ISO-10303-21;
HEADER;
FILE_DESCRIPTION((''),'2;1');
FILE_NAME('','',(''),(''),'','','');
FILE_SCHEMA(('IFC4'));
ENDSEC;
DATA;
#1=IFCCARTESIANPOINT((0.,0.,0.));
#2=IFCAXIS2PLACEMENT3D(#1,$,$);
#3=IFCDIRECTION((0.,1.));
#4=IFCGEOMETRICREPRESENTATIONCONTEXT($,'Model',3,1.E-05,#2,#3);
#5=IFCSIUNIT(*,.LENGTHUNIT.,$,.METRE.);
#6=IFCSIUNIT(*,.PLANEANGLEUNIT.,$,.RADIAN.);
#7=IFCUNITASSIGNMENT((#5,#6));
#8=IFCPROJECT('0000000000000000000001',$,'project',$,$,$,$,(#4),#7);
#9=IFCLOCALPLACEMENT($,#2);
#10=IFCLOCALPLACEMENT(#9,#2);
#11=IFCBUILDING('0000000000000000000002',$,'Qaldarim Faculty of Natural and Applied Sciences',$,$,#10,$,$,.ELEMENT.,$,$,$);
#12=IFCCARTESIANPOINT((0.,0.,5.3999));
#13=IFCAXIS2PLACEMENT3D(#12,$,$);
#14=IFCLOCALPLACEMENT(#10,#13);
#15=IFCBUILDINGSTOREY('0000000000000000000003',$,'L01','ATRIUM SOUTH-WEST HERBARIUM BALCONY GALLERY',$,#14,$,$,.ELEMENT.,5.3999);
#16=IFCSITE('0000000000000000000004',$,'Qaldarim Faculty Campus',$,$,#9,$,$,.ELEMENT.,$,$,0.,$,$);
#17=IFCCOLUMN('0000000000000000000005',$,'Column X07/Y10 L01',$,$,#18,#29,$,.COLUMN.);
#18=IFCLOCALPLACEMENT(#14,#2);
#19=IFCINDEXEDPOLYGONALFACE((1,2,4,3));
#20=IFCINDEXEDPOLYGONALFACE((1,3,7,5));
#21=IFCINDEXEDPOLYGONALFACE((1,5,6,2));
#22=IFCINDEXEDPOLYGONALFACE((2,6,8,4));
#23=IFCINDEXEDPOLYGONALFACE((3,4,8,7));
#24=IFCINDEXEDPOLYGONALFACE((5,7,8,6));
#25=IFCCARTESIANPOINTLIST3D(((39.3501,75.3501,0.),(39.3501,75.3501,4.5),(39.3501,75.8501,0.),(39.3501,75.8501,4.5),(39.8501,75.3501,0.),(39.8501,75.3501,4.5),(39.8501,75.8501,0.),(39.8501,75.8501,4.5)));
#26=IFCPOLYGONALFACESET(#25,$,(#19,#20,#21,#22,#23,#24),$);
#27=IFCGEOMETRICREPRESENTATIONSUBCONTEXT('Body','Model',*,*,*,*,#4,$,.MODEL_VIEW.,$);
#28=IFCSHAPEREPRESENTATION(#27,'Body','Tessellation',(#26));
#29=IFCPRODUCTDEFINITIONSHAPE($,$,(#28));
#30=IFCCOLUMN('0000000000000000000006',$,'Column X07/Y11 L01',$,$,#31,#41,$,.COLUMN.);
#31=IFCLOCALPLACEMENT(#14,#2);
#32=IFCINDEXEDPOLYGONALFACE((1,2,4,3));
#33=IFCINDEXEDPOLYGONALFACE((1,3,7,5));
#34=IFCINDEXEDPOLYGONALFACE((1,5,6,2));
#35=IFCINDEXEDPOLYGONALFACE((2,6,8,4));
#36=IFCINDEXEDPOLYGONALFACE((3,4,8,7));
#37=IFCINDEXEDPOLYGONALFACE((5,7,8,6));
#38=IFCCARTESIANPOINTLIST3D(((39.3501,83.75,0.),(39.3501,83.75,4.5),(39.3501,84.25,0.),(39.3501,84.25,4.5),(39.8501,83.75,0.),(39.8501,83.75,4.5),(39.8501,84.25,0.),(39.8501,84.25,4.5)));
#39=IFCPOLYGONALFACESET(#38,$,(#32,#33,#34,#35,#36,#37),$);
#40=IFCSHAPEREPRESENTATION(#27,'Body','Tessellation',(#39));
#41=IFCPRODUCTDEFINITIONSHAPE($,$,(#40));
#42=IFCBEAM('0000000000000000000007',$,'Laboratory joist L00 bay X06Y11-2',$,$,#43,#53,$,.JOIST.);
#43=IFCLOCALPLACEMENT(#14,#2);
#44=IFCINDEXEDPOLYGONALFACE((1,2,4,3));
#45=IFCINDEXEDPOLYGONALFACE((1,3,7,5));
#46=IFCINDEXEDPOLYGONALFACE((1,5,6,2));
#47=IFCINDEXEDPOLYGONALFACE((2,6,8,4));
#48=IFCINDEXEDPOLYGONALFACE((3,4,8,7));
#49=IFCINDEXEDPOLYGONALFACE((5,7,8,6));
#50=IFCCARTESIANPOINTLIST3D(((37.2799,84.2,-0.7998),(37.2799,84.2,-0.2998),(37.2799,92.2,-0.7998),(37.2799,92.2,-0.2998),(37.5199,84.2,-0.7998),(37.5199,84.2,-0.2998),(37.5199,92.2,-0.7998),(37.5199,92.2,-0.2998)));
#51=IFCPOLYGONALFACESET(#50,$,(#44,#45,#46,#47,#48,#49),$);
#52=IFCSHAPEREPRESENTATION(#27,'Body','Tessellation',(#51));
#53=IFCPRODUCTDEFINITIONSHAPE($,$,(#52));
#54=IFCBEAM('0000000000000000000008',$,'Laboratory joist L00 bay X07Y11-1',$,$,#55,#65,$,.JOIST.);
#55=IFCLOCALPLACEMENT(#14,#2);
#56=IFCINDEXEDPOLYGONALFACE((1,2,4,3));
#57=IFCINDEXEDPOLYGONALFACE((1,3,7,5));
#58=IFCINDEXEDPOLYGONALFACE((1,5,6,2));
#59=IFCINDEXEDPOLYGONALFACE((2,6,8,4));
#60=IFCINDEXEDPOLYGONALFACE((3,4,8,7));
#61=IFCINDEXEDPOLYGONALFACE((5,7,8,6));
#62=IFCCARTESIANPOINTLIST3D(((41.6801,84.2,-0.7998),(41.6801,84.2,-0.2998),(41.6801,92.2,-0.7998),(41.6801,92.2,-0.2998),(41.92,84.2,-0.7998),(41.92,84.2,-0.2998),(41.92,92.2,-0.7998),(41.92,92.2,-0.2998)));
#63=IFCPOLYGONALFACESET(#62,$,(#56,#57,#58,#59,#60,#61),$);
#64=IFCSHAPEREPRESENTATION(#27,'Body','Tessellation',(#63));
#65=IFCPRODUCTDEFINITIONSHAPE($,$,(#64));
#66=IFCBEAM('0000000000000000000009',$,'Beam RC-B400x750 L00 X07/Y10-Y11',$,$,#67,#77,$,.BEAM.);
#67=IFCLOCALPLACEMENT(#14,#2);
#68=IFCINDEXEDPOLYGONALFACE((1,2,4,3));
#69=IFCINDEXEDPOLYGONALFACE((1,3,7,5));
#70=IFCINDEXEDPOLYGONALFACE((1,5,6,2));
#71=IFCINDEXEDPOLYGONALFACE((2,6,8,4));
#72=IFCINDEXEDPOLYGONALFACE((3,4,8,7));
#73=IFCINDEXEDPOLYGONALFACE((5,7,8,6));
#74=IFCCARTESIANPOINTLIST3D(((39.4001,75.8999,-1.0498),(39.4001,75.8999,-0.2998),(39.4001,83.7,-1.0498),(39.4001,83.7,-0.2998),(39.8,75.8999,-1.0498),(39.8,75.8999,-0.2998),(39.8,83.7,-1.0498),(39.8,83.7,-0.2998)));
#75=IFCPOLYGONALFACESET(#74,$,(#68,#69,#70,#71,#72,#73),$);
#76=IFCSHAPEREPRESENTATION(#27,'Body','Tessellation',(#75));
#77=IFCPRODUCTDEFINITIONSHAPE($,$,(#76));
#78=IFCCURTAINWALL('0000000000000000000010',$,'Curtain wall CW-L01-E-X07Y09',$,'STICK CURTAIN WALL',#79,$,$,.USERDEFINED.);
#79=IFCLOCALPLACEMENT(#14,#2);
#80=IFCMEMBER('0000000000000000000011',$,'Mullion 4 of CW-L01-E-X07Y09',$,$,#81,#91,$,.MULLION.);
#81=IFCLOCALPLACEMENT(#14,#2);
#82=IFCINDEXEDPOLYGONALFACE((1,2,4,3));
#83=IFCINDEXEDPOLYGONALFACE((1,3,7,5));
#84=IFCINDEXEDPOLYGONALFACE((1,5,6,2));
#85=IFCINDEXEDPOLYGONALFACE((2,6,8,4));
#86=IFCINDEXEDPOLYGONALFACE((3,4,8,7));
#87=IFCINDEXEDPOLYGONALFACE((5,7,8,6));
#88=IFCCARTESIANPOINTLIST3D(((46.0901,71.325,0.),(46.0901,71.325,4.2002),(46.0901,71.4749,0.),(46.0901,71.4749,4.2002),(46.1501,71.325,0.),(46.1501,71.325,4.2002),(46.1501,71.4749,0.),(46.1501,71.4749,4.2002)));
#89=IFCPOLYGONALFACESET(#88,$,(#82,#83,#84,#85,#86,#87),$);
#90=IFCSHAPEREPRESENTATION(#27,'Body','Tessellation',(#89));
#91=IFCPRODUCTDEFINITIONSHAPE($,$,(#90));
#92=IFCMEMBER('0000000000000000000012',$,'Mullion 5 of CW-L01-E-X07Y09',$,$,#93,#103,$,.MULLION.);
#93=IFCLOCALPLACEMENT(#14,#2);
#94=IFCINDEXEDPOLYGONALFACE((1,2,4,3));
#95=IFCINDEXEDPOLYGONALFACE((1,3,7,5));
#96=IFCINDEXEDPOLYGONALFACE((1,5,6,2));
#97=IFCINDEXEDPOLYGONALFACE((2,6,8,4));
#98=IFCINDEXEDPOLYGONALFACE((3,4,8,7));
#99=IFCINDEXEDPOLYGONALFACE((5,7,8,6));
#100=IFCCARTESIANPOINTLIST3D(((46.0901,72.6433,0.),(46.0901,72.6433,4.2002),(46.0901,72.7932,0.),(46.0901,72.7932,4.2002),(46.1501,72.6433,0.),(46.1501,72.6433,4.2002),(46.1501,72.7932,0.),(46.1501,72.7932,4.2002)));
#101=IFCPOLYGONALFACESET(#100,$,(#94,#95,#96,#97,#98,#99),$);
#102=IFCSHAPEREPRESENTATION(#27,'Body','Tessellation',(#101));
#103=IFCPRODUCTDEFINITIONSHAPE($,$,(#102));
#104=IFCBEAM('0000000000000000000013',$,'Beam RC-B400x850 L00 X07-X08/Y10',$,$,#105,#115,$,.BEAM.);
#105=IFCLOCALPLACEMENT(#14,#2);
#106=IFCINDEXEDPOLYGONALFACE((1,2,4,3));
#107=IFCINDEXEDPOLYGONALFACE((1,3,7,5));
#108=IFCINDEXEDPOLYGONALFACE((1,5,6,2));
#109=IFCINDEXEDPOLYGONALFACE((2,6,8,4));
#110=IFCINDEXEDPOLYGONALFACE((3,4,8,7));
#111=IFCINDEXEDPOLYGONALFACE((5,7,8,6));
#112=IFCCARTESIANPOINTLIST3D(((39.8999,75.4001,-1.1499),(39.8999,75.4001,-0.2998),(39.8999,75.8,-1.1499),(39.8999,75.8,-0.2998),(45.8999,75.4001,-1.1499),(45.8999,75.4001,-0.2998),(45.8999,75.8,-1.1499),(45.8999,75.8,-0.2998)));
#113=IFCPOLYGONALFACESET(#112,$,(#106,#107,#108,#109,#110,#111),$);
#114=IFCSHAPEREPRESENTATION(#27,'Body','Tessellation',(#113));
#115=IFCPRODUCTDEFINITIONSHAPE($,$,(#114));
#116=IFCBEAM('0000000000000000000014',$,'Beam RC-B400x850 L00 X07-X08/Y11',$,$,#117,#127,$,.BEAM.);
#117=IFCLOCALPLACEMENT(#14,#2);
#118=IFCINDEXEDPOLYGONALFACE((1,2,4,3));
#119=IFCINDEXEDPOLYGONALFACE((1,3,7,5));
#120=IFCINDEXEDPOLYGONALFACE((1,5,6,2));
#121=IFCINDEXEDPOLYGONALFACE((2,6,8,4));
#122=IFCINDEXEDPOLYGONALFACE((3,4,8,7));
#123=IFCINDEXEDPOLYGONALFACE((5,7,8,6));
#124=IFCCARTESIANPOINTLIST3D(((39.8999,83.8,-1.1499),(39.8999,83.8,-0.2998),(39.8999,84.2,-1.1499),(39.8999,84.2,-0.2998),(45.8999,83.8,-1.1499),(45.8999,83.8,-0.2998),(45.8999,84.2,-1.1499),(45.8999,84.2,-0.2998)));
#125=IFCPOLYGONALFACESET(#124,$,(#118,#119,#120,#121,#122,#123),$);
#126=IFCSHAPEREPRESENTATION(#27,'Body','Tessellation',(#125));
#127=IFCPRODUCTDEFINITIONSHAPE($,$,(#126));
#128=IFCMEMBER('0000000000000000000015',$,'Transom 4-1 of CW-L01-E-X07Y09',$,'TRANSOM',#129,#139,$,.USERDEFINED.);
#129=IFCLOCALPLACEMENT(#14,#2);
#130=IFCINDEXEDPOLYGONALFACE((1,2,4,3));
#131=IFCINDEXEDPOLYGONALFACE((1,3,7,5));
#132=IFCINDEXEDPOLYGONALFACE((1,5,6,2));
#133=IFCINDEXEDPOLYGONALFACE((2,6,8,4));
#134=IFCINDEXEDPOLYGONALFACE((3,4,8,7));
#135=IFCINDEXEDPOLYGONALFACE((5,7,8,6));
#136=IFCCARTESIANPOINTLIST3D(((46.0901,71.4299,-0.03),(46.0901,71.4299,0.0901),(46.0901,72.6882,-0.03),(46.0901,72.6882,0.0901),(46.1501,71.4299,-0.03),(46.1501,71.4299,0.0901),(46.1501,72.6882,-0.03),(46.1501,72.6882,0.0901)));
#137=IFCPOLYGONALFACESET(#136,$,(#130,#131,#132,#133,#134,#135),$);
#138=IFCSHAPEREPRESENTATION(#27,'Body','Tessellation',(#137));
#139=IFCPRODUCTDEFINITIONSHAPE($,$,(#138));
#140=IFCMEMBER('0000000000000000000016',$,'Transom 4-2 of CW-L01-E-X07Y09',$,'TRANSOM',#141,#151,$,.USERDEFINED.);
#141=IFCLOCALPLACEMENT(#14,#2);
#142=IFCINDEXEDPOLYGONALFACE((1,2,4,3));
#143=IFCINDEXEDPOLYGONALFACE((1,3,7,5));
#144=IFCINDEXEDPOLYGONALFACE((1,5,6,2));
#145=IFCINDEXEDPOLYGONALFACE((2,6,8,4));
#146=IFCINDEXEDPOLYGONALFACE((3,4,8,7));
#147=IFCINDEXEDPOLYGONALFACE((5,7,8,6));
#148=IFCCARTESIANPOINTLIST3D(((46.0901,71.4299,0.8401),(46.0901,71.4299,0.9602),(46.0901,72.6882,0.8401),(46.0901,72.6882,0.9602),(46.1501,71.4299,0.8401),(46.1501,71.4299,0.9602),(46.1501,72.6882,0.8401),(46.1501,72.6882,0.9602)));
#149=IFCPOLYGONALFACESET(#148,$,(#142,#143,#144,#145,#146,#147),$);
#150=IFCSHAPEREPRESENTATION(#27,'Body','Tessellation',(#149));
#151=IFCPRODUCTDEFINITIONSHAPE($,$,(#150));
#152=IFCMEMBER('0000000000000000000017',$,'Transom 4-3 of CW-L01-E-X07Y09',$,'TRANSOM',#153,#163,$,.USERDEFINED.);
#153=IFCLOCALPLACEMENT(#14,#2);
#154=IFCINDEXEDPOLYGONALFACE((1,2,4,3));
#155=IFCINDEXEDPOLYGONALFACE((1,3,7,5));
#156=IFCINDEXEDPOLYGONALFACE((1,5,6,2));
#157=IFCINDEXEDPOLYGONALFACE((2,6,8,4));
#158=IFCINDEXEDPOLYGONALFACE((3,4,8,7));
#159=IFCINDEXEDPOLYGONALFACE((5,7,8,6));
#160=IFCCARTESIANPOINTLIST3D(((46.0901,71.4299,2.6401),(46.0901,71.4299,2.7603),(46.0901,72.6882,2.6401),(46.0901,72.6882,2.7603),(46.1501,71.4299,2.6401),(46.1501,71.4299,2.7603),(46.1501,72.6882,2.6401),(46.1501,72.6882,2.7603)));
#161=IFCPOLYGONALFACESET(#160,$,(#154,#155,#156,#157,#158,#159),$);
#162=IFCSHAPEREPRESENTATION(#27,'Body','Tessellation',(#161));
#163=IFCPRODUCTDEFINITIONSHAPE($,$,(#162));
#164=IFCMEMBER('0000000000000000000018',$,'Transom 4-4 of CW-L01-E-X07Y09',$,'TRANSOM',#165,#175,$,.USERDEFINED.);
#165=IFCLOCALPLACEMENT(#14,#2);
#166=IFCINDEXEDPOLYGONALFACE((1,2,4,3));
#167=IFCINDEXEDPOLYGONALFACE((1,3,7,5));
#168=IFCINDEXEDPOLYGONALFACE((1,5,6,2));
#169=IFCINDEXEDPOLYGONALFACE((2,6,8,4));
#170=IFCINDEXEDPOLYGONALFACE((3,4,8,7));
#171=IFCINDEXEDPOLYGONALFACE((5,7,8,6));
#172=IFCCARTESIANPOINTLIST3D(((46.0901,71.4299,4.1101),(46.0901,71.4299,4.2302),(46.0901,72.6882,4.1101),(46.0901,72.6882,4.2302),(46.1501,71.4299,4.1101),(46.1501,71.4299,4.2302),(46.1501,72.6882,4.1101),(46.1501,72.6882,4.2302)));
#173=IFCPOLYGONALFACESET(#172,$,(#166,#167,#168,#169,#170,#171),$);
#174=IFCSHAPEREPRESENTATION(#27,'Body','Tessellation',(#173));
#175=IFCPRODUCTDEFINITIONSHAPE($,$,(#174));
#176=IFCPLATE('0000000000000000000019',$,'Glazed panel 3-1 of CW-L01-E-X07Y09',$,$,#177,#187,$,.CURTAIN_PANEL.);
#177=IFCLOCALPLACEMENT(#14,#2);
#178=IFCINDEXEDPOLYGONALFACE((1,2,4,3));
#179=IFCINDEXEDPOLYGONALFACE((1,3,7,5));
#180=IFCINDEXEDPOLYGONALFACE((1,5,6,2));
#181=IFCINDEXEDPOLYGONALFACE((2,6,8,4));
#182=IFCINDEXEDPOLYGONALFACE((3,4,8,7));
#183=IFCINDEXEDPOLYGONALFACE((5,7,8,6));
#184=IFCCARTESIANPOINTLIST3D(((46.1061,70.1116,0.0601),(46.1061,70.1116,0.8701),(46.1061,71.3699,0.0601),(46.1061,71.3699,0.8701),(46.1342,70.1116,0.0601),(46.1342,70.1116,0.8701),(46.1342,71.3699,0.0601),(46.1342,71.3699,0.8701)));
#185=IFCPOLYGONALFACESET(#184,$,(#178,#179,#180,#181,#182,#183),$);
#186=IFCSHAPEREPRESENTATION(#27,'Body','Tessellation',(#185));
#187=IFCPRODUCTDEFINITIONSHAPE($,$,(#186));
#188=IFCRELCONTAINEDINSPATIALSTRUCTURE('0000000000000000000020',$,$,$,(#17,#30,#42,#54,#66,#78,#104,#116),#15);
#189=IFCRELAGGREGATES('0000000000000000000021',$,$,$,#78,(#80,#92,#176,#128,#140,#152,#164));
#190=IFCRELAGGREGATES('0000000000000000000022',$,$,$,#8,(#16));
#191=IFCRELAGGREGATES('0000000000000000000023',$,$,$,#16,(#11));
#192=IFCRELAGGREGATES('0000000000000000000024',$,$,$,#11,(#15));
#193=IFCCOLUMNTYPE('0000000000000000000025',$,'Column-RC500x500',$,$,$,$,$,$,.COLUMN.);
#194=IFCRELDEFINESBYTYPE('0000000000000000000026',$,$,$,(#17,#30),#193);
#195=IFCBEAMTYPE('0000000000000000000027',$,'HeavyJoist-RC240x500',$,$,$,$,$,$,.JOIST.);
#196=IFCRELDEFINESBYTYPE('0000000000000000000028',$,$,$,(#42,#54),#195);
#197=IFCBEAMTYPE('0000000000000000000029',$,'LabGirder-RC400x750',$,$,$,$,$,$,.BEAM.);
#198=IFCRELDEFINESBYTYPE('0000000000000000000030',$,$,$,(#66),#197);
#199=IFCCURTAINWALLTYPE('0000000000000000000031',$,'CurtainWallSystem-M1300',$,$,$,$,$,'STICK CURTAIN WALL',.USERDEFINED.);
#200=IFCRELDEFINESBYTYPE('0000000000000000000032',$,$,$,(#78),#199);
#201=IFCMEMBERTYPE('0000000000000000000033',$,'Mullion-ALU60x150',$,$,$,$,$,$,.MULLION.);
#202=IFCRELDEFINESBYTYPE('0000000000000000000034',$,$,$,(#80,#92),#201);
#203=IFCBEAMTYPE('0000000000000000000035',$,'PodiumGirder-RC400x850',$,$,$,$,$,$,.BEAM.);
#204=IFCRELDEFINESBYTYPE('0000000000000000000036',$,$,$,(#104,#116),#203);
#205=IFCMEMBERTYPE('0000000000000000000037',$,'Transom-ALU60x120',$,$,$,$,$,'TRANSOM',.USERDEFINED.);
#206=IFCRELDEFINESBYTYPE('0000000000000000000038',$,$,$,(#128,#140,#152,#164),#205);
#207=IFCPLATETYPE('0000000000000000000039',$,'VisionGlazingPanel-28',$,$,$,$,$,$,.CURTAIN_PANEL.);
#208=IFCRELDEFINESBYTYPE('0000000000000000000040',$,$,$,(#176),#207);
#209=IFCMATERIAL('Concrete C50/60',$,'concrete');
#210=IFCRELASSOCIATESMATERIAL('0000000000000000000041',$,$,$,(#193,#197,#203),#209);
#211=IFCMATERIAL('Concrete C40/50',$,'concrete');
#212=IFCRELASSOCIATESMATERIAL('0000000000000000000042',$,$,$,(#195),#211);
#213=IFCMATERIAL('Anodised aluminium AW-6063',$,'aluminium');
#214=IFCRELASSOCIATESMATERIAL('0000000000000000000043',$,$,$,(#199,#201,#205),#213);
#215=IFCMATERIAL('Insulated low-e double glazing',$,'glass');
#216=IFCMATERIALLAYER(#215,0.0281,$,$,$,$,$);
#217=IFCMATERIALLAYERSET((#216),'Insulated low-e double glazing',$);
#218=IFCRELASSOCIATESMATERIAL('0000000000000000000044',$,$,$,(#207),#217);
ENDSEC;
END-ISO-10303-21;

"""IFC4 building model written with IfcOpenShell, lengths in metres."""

from ifc_helpers import new_model, si_unit, direction, frame, origin, origin_2d, place, context, subcontext, project, spatial, rectangle, extrude, material, layer, layer_set, material_profile, profile_set, type_object, element, aggregate, save


model = new_model("IFC4")

# Units and contexts
model_context = context("Model", 3, precision=1e-05, world=origin(), true_north=direction((0.0, 1.0)))
body_context = subcontext(model_context, "Body", "Model", "MODEL_VIEW")
ifc_project = project(units=[si_unit("LENGTHUNIT", "METRE"), si_unit("PLANEANGLEUNIT", "RADIAN")], contexts=[model_context])

# Site, building, storey
site_placement = place(None, origin())
site = spatial("IfcSite", under=ifc_project, at=site_placement, Name="Qaldarim Faculty Campus", CompositionType="ELEMENT", RefElevation=0.0)
building_placement = place(site_placement, origin())
building = spatial("IfcBuilding", under=site, at=building_placement, Name="Qaldarim Faculty of Natural and Applied Sciences", CompositionType="ELEMENT")
storey_placement = place(building_placement, frame((0.0, 0.0, 5.3999)))
storey = spatial("IfcBuildingStorey", under=building, at=storey_placement, Name="L01", Description="ATRIUM SOUTH-WEST HERBARIUM BALCONY GALLERY", CompositionType="ELEMENT", Elevation=5.3999)

# Columns
ifc_material_1 = material(Name="Concrete C50/60", Category="concrete")
ifc_material_profile_1 = material_profile(ifc_material_1, rectangle(XDim=0.5, YDim=0.5, at=origin_2d()), Name="RC-C500x500")
ifc_profile_set_1 = profile_set([ifc_material_profile_1], Name="Concrete C50/60")
column_type = type_object("IfcColumnType", Name="Column-RC500x500", PredefinedType="COLUMN", material=ifc_profile_set_1)
for number, where, z_axis, x_axis, name in (
    (1, (39.6001, 75.6001, 0.0), (0.0, 0.0, 1.0), (1.0, 0.0, 0.0), "Column X07/Y10 L01"),
    (2, (39.6001, 84.0, 0.0), (0.0, 0.0, 1.0), (1.0, 0.0, 0.0), "Column X07/Y11 L01"),
):
    element("IfcColumn", number, at=place(storey_placement, frame(where, z_axis=z_axis, x_axis=x_axis)), inside=storey, type_object=column_type, Name=name, PredefinedType="COLUMN", context=body_context, shape_type="SweptSolid", body=[
        extrude(rectangle(XDim=0.5, YDim=0.5, at=origin_2d()), origin(), (0.0, 0.0, 1.0), 4.5),
    ])

# Beams
ifc_material_2 = material(Name="Concrete C40/50", Category="concrete")
ifc_material_profile_2 = material_profile(ifc_material_2, rectangle(XDim=0.24, YDim=0.5, at=origin_2d()), Name="RC-J240x500")
ifc_profile_set_2 = profile_set([ifc_material_profile_2], Name="Concrete C40/50")
beam_type_1 = type_object("IfcBeamType", Name="HeavyJoist-RC240x500", PredefinedType="JOIST", material=ifc_profile_set_2)
for number, where, z_axis, x_axis, name in (
    (3, (37.3999, 84.2, -0.5498), (0.0, 1.0, 0.0), (-1.0, 0.0, 0.0), "Laboratory joist L00 bay X06Y11-2"),
    (4, (41.8, 84.2, -0.5498), (0.0, 1.0, 0.0), (-1.0, 0.0, 0.0), "Laboratory joist L00 bay X07Y11-1"),
):
    element("IfcBeam", number, at=place(storey_placement, frame(where, z_axis=z_axis, x_axis=x_axis)), inside=storey, type_object=beam_type_1, Name=name, PredefinedType="JOIST", context=body_context, shape_type="SweptSolid", body=[
        extrude(rectangle(XDim=0.24, YDim=0.5, at=origin_2d()), origin(), (0.0, 0.0, 1.0), 8.0),
    ])
ifc_material_profile_3 = material_profile(ifc_material_1, rectangle(XDim=0.3999, YDim=0.75, at=origin_2d()), Name="RC-B400x750")
ifc_profile_set_3 = profile_set([ifc_material_profile_3], Name="Concrete C50/60")
beam_type_2 = type_object("IfcBeamType", Name="LabGirder-RC400x750", PredefinedType="BEAM", material=ifc_profile_set_3)
beam_placement = place(storey_placement, frame((39.6001, 75.8999, -0.6748), z_axis=(0.0, 1.0, 0.0), x_axis=(-1.0, 0.0, 0.0)))
element("IfcBeam", 5, at=beam_placement, inside=storey, type_object=beam_type_2, Name="Beam RC-B400x750 L00 X07/Y10-Y11", PredefinedType="BEAM", context=body_context, shape_type="SweptSolid", body=[
    extrude(rectangle(XDim=0.3999, YDim=0.75, at=origin_2d()), origin(), (0.0, 0.0, 1.0), 7.8),
])

# Curtain wall, members
ifc_material_3 = material(Name="Anodised aluminium AW-6063", Category="aluminium")
curtain_wall_type = type_object("IfcCurtainWallType", Name="CurtainWallSystem-M1300", ElementType="STICK CURTAIN WALL", PredefinedType="USERDEFINED", material=ifc_material_3)
curtain_wall_placement = place(storey_placement, origin())
curtain_wall = element("IfcCurtainWall", 6, at=curtain_wall_placement, inside=storey, type_object=curtain_wall_type, Name="Curtain wall CW-L01-E-X07Y09", ObjectType="STICK CURTAIN WALL", PredefinedType="USERDEFINED")
ifc_material_profile_4 = material_profile(ifc_material_3, rectangle(XDim=0.0601, YDim=0.1499, at=origin_2d()), Name="ALU-M60x150")
ifc_profile_set_4 = profile_set([ifc_material_profile_4], Name="Anodised aluminium AW-6063")
member_type_1 = type_object("IfcMemberType", Name="Mullion-ALU60x150", PredefinedType="MULLION", material=ifc_profile_set_4)
member_1_placement = place(storey_placement, frame((46.1201, 71.3999, 0.0), z_axis=(0.0, 0.0, 1.0), x_axis=(-1.0, 0.0, 0.0)))
member_1 = element("IfcMember", 7, at=member_1_placement, type_object=member_type_1, Name="Mullion 4 of CW-L01-E-X07Y09", PredefinedType="MULLION", context=body_context, shape_type="SweptSolid", body=[
    extrude(rectangle(XDim=0.0601, YDim=0.1499, at=origin_2d()), origin(), (0.0, 0.0, 1.0), 4.2002),
])
member_2_placement = place(storey_placement, frame((46.1201, 72.7183, 0.0), z_axis=(0.0, 0.0, 1.0), x_axis=(-1.0, 0.0, 0.0)))
member_2 = element("IfcMember", 8, at=member_2_placement, type_object=member_type_1, Name="Mullion 5 of CW-L01-E-X07Y09", PredefinedType="MULLION", context=body_context, shape_type="SweptSolid", body=[
    extrude(rectangle(XDim=0.0601, YDim=0.1499, at=origin_2d()), origin(), (0.0, 0.0, 1.0), 4.2002),
])

# Beams
ifc_material_profile_5 = material_profile(ifc_material_1, rectangle(XDim=0.3999, YDim=0.8501, at=origin_2d()), Name="RC-B400x850")
ifc_profile_set_5 = profile_set([ifc_material_profile_5], Name="Concrete C50/60")
beam_type_3 = type_object("IfcBeamType", Name="PodiumGirder-RC400x850", PredefinedType="BEAM", material=ifc_profile_set_5)
for number, where, z_axis, x_axis, name in (
    (9, (39.8999, 75.6001, -0.7249), (1.0, 0.0, 0.0), (0.0, 1.0, 0.0), "Beam RC-B400x850 L00 X07-X08/Y10"),
    (10, (39.8999, 84.0, -0.7249), (1.0, 0.0, 0.0), (0.0, 1.0, 0.0), "Beam RC-B400x850 L00 X07-X08/Y11"),
):
    element("IfcBeam", number, at=place(storey_placement, frame(where, z_axis=z_axis, x_axis=x_axis)), inside=storey, type_object=beam_type_3, Name=name, PredefinedType="BEAM", context=body_context, shape_type="SweptSolid", body=[
        extrude(rectangle(XDim=0.3999, YDim=0.8501, at=origin_2d()), origin(), (0.0, 0.0, 1.0), 6.0),
    ])

# Members
ifc_material_profile_6 = material_profile(ifc_material_3, rectangle(XDim=0.0601, YDim=0.1201, at=origin_2d()), Name="ALU-T60x120")
ifc_profile_set_6 = profile_set([ifc_material_profile_6], Name="Anodised aluminium AW-6063")
member_type_2 = type_object("IfcMemberType", Name="Transom-ALU60x120", ElementType="TRANSOM", PredefinedType="USERDEFINED", material=ifc_profile_set_6)
member_3_placement = place(storey_placement, frame((46.1201, 71.4299, 0.03), z_axis=(0.0, 1.0, 0.0), x_axis=(-1.0, 0.0, 0.0)))
member_3 = element("IfcMember", 11, at=member_3_placement, type_object=member_type_2, Name="Transom 4-1 of CW-L01-E-X07Y09", ObjectType="TRANSOM", PredefinedType="USERDEFINED", context=body_context, shape_type="SweptSolid", body=[
    extrude(rectangle(XDim=0.0601, YDim=0.1201, at=origin_2d()), origin(), (0.0, 0.0, 1.0), 1.2583),
])
member_4_placement = place(storey_placement, frame((46.1201, 71.4299, 0.9001), z_axis=(0.0, 1.0, 0.0), x_axis=(-1.0, 0.0, 0.0)))
member_4 = element("IfcMember", 12, at=member_4_placement, type_object=member_type_2, Name="Transom 4-2 of CW-L01-E-X07Y09", ObjectType="TRANSOM", PredefinedType="USERDEFINED", context=body_context, shape_type="SweptSolid", body=[
    extrude(rectangle(XDim=0.0601, YDim=0.1201, at=origin_2d()), origin(), (0.0, 0.0, 1.0), 1.2583),
])
member_5_placement = place(storey_placement, frame((46.1201, 71.4299, 2.7002), z_axis=(0.0, 1.0, 0.0), x_axis=(-1.0, 0.0, 0.0)))
member_5 = element("IfcMember", 13, at=member_5_placement, type_object=member_type_2, Name="Transom 4-3 of CW-L01-E-X07Y09", ObjectType="TRANSOM", PredefinedType="USERDEFINED", context=body_context, shape_type="SweptSolid", body=[
    extrude(rectangle(XDim=0.0601, YDim=0.1201, at=origin_2d()), origin(), (0.0, 0.0, 1.0), 1.2583),
])
member_6_placement = place(storey_placement, frame((46.1201, 71.4299, 4.1702), z_axis=(0.0, 1.0, 0.0), x_axis=(-1.0, 0.0, 0.0)))
member_6 = element("IfcMember", 14, at=member_6_placement, type_object=member_type_2, Name="Transom 4-4 of CW-L01-E-X07Y09", ObjectType="TRANSOM", PredefinedType="USERDEFINED", context=body_context, shape_type="SweptSolid", body=[
    extrude(rectangle(XDim=0.0601, YDim=0.1201, at=origin_2d()), origin(), (0.0, 0.0, 1.0), 1.2583),
])

# Plate
ifc_material_4 = material(Name="Insulated low-e double glazing", Category="glass")
ifc_layer_1 = layer(ifc_material_4, 0.0281)
ifc_layer_set_1 = layer_set([ifc_layer_1], Name="Insulated low-e double glazing")
plate_type = type_object("IfcPlateType", Name="VisionGlazingPanel-28", PredefinedType="CURTAIN_PANEL", material=ifc_layer_set_1)
plate_1_placement = place(storey_placement, frame((46.1201, 70.7407, 0.0601), z_axis=(0.0, 0.0, 1.0), x_axis=(0.0, 1.0, 0.0)))
plate_1 = element("IfcPlate", 15, at=plate_1_placement, type_object=plate_type, Name="Glazed panel 3-1 of CW-L01-E-X07Y09", PredefinedType="CURTAIN_PANEL", context=body_context, shape_type="SweptSolid", body=[
    extrude(rectangle(XDim=1.2583, YDim=0.0281, at=origin_2d()), origin(), (0.0, 0.0, 1.0), 0.8101),
])
aggregate(curtain_wall, [member_1, member_2, plate_1, member_3, member_4, member_5, member_6])

save(model, "model.ifc")
